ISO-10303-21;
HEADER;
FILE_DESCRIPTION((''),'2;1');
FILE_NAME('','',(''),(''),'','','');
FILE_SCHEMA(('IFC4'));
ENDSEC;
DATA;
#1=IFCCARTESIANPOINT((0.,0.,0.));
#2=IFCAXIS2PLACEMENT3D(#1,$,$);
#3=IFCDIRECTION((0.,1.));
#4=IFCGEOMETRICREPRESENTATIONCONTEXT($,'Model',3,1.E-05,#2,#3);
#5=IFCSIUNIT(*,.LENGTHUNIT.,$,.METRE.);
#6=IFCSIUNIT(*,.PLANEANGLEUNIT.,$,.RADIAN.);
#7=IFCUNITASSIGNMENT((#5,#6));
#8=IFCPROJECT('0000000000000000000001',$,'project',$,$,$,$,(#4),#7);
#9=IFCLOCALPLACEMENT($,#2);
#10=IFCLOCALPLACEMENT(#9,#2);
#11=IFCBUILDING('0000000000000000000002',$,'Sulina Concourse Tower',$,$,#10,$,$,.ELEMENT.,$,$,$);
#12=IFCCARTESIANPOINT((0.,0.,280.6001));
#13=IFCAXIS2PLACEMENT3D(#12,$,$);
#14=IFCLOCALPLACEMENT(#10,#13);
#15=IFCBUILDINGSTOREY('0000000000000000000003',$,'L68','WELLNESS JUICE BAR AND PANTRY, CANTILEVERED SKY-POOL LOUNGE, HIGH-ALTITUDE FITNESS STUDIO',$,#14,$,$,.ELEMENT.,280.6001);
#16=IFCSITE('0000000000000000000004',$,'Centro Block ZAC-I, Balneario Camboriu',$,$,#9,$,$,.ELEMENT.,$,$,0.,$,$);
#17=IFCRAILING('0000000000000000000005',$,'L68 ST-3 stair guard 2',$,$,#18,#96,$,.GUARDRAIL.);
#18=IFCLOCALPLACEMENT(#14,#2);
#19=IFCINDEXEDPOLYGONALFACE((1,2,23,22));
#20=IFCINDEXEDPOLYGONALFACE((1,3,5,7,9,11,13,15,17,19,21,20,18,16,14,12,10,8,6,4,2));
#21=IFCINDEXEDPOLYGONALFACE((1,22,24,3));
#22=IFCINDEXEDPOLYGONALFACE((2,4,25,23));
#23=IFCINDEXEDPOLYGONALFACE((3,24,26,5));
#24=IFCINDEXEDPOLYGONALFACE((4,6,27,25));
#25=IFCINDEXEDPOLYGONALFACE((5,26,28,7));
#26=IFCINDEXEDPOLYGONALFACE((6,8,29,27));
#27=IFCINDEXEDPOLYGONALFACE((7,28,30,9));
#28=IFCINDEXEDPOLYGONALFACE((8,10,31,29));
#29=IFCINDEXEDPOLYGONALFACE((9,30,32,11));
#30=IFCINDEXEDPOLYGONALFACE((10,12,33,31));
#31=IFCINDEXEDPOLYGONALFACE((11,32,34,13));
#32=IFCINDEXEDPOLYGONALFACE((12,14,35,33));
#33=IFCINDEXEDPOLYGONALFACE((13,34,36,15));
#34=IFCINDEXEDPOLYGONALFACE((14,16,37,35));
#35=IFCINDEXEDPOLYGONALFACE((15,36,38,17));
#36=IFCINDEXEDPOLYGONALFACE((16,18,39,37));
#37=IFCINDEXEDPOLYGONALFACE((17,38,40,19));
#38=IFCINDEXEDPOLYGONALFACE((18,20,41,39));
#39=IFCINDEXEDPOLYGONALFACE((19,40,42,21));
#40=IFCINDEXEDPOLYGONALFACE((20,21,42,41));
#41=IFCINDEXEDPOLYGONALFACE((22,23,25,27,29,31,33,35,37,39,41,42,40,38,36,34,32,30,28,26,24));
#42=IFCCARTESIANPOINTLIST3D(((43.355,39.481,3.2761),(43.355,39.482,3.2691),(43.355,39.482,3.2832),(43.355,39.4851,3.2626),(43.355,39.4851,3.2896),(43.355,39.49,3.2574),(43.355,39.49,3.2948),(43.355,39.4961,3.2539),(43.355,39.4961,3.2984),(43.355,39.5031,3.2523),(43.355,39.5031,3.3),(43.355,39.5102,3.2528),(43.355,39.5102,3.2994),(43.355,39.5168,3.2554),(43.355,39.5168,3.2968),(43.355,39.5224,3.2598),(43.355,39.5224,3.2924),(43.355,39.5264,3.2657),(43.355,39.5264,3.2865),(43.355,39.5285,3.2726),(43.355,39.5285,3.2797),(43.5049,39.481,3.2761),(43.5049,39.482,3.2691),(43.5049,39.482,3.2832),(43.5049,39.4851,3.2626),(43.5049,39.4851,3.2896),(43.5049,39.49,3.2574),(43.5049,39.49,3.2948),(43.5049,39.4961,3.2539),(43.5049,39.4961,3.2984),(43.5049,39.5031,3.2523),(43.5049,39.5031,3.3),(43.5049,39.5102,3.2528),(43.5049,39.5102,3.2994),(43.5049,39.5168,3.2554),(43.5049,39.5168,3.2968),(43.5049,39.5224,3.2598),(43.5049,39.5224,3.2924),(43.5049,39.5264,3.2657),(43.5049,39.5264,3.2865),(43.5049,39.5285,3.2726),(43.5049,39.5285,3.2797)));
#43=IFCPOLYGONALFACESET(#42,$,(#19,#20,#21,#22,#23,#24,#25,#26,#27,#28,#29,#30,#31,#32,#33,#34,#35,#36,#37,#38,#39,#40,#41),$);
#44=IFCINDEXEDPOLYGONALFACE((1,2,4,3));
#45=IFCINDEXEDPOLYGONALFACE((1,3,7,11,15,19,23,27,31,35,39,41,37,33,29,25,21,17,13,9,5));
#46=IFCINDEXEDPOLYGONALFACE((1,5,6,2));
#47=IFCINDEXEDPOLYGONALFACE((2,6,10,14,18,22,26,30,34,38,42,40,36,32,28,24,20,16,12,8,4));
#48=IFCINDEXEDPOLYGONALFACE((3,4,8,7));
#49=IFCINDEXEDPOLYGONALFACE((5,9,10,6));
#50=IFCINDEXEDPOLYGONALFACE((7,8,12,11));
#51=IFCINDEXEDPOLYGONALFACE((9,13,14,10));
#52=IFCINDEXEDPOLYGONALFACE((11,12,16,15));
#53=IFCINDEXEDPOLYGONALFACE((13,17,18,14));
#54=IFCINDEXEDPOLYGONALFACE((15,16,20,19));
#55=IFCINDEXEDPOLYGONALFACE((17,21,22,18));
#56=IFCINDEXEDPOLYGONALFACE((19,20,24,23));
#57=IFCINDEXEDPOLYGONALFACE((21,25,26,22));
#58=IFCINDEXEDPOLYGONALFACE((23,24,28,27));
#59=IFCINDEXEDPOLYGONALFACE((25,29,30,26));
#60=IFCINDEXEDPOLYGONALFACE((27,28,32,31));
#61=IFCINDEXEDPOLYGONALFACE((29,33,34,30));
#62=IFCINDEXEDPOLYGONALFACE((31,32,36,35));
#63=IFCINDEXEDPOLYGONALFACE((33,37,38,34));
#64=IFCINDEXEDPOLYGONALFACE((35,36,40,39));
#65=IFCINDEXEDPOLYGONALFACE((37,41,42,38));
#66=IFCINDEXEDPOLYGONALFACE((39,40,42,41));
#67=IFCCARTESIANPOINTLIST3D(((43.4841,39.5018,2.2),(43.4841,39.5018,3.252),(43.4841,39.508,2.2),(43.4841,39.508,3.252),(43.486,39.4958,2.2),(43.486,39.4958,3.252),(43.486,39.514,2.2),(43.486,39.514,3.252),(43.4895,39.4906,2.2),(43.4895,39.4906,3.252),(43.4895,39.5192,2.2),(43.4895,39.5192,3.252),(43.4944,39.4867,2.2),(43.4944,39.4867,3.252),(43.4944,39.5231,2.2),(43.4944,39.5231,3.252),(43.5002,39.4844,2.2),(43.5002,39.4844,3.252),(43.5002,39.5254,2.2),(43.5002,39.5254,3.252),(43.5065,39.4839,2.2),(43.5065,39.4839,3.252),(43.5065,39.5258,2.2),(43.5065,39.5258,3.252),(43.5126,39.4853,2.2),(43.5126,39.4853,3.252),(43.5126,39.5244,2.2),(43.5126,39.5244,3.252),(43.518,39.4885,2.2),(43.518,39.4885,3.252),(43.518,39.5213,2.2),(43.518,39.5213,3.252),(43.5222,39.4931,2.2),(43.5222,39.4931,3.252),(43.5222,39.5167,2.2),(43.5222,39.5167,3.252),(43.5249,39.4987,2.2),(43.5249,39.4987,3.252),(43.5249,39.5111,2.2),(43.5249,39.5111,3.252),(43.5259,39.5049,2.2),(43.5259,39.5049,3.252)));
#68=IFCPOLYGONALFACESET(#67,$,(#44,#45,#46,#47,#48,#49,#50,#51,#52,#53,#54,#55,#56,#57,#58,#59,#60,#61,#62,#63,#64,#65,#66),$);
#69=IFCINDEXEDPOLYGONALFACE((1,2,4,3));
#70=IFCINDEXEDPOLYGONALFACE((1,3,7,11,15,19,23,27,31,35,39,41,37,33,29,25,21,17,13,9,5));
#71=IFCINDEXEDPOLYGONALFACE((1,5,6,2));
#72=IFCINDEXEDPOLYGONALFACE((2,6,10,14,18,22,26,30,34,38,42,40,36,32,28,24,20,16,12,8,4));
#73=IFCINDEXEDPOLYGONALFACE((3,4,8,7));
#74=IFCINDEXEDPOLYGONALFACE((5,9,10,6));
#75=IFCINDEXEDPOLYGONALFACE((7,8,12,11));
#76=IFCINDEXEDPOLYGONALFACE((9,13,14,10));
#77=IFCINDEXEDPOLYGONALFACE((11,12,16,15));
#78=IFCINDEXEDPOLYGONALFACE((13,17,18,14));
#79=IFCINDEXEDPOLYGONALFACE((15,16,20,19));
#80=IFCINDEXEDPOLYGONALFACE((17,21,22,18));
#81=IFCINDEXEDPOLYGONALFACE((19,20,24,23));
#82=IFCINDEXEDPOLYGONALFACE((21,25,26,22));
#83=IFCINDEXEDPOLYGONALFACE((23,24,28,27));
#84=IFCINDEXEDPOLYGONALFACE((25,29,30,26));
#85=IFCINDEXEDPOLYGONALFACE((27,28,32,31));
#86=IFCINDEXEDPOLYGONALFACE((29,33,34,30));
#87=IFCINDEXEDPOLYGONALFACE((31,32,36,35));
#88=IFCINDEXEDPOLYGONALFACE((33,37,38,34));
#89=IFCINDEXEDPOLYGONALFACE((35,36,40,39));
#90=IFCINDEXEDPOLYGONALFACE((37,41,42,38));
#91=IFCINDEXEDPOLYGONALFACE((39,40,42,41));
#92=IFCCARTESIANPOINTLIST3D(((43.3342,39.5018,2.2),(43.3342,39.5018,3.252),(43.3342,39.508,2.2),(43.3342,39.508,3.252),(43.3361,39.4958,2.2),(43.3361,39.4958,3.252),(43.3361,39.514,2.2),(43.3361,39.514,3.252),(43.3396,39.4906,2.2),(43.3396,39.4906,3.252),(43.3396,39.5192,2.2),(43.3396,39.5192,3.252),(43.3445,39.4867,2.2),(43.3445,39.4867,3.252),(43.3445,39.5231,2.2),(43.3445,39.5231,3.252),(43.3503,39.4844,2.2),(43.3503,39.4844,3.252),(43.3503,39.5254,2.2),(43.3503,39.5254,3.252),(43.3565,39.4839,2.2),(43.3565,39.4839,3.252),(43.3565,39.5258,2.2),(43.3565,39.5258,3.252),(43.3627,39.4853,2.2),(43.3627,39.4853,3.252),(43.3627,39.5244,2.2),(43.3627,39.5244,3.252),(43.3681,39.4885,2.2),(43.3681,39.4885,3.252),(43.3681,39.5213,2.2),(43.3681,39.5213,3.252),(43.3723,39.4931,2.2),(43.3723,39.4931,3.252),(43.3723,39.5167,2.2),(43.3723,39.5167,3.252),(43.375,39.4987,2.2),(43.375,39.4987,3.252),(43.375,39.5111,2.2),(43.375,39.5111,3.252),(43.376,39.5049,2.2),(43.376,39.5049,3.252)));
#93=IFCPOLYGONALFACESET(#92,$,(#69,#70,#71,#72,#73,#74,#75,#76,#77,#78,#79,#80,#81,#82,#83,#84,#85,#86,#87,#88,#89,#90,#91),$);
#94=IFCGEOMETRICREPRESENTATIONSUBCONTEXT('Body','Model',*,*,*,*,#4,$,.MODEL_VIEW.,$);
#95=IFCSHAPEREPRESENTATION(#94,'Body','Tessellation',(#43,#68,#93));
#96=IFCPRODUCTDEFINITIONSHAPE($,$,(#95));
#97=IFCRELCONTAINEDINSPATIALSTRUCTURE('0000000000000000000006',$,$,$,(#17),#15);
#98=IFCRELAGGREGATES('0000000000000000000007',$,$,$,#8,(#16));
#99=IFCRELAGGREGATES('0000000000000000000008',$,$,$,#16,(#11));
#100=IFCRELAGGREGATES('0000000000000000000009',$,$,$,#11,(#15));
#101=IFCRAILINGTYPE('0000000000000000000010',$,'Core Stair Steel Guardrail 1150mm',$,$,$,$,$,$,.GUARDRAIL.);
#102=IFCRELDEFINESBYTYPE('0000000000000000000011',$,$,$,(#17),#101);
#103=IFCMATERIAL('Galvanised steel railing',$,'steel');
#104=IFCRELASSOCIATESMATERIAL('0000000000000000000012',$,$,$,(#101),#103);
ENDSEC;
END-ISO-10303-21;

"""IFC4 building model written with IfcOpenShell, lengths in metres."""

from ifc_helpers import new_model, si_unit, direction, frame, origin, origin_2d, place, context, subcontext, project, spatial, circle, extrude, material, type_object, element, save


model = new_model("IFC4")

# Units and contexts
model_context = context("Model", 3, precision=1e-05, world=origin(), true_north=direction((0.0, 1.0)))
body_context = subcontext(model_context, "Body", "Model", "MODEL_VIEW")
ifc_project = project(units=[si_unit("LENGTHUNIT", "METRE"), si_unit("PLANEANGLEUNIT", "RADIAN")], contexts=[model_context])

# Site, building, storey
site_placement = place(None, origin())
site = spatial("IfcSite", under=ifc_project, at=site_placement, Name="Centro Block ZAC-I, Balneario Camboriu", CompositionType="ELEMENT", RefElevation=0.0)
building_placement = place(site_placement, origin())
building = spatial("IfcBuilding", under=site, at=building_placement, Name="Sulina Concourse Tower", CompositionType="ELEMENT")
storey_placement = place(building_placement, frame((0.0, 0.0, 280.6001)))
storey = spatial("IfcBuildingStorey", under=building, at=storey_placement, Name="L68", Description="WELLNESS JUICE BAR AND PANTRY, CANTILEVERED SKY-POOL LOUNGE, HIGH-ALTITUDE FITNESS STUDIO", CompositionType="ELEMENT", Elevation=280.6001)

# Railing
ifc_material_1 = material(Name="Galvanised steel railing", Category="steel")
railing_type_1 = type_object("IfcRailingType", Name="Core Stair Steel Guardrail 1150mm", PredefinedType="GUARDRAIL", material=ifc_material_1)
railing_1_placement = place(storey_placement, frame((43.5049, 39.5049, 2.2)))
element("IfcRailing", 1, at=railing_1_placement, inside=storey, type_object=railing_type_1, Name="L68 ST-3 stair guard 2", PredefinedType="GUARDRAIL", context=body_context, shape_type="SweptSolid", body=[
    extrude(circle(Radius=0.0239, at=origin_2d()), frame((0.0, 0.0, 1.0762), z_axis=(-1.0, 0.0, 0.0), x_axis=(0.0, -1.0, 0.0)), (0.0, 0.0, 1.0), 0.1499),
    extrude(circle(Radius=0.021, at=origin_2d()), origin(), (0.0, 0.0, 1.0), 1.052),
    extrude(circle(Radius=0.021, at=origin_2d()), frame((-0.1499, 0.0, 0.0)), (0.0, 0.0, 1.0), 1.052),
])

save(model, "model.ifc")
